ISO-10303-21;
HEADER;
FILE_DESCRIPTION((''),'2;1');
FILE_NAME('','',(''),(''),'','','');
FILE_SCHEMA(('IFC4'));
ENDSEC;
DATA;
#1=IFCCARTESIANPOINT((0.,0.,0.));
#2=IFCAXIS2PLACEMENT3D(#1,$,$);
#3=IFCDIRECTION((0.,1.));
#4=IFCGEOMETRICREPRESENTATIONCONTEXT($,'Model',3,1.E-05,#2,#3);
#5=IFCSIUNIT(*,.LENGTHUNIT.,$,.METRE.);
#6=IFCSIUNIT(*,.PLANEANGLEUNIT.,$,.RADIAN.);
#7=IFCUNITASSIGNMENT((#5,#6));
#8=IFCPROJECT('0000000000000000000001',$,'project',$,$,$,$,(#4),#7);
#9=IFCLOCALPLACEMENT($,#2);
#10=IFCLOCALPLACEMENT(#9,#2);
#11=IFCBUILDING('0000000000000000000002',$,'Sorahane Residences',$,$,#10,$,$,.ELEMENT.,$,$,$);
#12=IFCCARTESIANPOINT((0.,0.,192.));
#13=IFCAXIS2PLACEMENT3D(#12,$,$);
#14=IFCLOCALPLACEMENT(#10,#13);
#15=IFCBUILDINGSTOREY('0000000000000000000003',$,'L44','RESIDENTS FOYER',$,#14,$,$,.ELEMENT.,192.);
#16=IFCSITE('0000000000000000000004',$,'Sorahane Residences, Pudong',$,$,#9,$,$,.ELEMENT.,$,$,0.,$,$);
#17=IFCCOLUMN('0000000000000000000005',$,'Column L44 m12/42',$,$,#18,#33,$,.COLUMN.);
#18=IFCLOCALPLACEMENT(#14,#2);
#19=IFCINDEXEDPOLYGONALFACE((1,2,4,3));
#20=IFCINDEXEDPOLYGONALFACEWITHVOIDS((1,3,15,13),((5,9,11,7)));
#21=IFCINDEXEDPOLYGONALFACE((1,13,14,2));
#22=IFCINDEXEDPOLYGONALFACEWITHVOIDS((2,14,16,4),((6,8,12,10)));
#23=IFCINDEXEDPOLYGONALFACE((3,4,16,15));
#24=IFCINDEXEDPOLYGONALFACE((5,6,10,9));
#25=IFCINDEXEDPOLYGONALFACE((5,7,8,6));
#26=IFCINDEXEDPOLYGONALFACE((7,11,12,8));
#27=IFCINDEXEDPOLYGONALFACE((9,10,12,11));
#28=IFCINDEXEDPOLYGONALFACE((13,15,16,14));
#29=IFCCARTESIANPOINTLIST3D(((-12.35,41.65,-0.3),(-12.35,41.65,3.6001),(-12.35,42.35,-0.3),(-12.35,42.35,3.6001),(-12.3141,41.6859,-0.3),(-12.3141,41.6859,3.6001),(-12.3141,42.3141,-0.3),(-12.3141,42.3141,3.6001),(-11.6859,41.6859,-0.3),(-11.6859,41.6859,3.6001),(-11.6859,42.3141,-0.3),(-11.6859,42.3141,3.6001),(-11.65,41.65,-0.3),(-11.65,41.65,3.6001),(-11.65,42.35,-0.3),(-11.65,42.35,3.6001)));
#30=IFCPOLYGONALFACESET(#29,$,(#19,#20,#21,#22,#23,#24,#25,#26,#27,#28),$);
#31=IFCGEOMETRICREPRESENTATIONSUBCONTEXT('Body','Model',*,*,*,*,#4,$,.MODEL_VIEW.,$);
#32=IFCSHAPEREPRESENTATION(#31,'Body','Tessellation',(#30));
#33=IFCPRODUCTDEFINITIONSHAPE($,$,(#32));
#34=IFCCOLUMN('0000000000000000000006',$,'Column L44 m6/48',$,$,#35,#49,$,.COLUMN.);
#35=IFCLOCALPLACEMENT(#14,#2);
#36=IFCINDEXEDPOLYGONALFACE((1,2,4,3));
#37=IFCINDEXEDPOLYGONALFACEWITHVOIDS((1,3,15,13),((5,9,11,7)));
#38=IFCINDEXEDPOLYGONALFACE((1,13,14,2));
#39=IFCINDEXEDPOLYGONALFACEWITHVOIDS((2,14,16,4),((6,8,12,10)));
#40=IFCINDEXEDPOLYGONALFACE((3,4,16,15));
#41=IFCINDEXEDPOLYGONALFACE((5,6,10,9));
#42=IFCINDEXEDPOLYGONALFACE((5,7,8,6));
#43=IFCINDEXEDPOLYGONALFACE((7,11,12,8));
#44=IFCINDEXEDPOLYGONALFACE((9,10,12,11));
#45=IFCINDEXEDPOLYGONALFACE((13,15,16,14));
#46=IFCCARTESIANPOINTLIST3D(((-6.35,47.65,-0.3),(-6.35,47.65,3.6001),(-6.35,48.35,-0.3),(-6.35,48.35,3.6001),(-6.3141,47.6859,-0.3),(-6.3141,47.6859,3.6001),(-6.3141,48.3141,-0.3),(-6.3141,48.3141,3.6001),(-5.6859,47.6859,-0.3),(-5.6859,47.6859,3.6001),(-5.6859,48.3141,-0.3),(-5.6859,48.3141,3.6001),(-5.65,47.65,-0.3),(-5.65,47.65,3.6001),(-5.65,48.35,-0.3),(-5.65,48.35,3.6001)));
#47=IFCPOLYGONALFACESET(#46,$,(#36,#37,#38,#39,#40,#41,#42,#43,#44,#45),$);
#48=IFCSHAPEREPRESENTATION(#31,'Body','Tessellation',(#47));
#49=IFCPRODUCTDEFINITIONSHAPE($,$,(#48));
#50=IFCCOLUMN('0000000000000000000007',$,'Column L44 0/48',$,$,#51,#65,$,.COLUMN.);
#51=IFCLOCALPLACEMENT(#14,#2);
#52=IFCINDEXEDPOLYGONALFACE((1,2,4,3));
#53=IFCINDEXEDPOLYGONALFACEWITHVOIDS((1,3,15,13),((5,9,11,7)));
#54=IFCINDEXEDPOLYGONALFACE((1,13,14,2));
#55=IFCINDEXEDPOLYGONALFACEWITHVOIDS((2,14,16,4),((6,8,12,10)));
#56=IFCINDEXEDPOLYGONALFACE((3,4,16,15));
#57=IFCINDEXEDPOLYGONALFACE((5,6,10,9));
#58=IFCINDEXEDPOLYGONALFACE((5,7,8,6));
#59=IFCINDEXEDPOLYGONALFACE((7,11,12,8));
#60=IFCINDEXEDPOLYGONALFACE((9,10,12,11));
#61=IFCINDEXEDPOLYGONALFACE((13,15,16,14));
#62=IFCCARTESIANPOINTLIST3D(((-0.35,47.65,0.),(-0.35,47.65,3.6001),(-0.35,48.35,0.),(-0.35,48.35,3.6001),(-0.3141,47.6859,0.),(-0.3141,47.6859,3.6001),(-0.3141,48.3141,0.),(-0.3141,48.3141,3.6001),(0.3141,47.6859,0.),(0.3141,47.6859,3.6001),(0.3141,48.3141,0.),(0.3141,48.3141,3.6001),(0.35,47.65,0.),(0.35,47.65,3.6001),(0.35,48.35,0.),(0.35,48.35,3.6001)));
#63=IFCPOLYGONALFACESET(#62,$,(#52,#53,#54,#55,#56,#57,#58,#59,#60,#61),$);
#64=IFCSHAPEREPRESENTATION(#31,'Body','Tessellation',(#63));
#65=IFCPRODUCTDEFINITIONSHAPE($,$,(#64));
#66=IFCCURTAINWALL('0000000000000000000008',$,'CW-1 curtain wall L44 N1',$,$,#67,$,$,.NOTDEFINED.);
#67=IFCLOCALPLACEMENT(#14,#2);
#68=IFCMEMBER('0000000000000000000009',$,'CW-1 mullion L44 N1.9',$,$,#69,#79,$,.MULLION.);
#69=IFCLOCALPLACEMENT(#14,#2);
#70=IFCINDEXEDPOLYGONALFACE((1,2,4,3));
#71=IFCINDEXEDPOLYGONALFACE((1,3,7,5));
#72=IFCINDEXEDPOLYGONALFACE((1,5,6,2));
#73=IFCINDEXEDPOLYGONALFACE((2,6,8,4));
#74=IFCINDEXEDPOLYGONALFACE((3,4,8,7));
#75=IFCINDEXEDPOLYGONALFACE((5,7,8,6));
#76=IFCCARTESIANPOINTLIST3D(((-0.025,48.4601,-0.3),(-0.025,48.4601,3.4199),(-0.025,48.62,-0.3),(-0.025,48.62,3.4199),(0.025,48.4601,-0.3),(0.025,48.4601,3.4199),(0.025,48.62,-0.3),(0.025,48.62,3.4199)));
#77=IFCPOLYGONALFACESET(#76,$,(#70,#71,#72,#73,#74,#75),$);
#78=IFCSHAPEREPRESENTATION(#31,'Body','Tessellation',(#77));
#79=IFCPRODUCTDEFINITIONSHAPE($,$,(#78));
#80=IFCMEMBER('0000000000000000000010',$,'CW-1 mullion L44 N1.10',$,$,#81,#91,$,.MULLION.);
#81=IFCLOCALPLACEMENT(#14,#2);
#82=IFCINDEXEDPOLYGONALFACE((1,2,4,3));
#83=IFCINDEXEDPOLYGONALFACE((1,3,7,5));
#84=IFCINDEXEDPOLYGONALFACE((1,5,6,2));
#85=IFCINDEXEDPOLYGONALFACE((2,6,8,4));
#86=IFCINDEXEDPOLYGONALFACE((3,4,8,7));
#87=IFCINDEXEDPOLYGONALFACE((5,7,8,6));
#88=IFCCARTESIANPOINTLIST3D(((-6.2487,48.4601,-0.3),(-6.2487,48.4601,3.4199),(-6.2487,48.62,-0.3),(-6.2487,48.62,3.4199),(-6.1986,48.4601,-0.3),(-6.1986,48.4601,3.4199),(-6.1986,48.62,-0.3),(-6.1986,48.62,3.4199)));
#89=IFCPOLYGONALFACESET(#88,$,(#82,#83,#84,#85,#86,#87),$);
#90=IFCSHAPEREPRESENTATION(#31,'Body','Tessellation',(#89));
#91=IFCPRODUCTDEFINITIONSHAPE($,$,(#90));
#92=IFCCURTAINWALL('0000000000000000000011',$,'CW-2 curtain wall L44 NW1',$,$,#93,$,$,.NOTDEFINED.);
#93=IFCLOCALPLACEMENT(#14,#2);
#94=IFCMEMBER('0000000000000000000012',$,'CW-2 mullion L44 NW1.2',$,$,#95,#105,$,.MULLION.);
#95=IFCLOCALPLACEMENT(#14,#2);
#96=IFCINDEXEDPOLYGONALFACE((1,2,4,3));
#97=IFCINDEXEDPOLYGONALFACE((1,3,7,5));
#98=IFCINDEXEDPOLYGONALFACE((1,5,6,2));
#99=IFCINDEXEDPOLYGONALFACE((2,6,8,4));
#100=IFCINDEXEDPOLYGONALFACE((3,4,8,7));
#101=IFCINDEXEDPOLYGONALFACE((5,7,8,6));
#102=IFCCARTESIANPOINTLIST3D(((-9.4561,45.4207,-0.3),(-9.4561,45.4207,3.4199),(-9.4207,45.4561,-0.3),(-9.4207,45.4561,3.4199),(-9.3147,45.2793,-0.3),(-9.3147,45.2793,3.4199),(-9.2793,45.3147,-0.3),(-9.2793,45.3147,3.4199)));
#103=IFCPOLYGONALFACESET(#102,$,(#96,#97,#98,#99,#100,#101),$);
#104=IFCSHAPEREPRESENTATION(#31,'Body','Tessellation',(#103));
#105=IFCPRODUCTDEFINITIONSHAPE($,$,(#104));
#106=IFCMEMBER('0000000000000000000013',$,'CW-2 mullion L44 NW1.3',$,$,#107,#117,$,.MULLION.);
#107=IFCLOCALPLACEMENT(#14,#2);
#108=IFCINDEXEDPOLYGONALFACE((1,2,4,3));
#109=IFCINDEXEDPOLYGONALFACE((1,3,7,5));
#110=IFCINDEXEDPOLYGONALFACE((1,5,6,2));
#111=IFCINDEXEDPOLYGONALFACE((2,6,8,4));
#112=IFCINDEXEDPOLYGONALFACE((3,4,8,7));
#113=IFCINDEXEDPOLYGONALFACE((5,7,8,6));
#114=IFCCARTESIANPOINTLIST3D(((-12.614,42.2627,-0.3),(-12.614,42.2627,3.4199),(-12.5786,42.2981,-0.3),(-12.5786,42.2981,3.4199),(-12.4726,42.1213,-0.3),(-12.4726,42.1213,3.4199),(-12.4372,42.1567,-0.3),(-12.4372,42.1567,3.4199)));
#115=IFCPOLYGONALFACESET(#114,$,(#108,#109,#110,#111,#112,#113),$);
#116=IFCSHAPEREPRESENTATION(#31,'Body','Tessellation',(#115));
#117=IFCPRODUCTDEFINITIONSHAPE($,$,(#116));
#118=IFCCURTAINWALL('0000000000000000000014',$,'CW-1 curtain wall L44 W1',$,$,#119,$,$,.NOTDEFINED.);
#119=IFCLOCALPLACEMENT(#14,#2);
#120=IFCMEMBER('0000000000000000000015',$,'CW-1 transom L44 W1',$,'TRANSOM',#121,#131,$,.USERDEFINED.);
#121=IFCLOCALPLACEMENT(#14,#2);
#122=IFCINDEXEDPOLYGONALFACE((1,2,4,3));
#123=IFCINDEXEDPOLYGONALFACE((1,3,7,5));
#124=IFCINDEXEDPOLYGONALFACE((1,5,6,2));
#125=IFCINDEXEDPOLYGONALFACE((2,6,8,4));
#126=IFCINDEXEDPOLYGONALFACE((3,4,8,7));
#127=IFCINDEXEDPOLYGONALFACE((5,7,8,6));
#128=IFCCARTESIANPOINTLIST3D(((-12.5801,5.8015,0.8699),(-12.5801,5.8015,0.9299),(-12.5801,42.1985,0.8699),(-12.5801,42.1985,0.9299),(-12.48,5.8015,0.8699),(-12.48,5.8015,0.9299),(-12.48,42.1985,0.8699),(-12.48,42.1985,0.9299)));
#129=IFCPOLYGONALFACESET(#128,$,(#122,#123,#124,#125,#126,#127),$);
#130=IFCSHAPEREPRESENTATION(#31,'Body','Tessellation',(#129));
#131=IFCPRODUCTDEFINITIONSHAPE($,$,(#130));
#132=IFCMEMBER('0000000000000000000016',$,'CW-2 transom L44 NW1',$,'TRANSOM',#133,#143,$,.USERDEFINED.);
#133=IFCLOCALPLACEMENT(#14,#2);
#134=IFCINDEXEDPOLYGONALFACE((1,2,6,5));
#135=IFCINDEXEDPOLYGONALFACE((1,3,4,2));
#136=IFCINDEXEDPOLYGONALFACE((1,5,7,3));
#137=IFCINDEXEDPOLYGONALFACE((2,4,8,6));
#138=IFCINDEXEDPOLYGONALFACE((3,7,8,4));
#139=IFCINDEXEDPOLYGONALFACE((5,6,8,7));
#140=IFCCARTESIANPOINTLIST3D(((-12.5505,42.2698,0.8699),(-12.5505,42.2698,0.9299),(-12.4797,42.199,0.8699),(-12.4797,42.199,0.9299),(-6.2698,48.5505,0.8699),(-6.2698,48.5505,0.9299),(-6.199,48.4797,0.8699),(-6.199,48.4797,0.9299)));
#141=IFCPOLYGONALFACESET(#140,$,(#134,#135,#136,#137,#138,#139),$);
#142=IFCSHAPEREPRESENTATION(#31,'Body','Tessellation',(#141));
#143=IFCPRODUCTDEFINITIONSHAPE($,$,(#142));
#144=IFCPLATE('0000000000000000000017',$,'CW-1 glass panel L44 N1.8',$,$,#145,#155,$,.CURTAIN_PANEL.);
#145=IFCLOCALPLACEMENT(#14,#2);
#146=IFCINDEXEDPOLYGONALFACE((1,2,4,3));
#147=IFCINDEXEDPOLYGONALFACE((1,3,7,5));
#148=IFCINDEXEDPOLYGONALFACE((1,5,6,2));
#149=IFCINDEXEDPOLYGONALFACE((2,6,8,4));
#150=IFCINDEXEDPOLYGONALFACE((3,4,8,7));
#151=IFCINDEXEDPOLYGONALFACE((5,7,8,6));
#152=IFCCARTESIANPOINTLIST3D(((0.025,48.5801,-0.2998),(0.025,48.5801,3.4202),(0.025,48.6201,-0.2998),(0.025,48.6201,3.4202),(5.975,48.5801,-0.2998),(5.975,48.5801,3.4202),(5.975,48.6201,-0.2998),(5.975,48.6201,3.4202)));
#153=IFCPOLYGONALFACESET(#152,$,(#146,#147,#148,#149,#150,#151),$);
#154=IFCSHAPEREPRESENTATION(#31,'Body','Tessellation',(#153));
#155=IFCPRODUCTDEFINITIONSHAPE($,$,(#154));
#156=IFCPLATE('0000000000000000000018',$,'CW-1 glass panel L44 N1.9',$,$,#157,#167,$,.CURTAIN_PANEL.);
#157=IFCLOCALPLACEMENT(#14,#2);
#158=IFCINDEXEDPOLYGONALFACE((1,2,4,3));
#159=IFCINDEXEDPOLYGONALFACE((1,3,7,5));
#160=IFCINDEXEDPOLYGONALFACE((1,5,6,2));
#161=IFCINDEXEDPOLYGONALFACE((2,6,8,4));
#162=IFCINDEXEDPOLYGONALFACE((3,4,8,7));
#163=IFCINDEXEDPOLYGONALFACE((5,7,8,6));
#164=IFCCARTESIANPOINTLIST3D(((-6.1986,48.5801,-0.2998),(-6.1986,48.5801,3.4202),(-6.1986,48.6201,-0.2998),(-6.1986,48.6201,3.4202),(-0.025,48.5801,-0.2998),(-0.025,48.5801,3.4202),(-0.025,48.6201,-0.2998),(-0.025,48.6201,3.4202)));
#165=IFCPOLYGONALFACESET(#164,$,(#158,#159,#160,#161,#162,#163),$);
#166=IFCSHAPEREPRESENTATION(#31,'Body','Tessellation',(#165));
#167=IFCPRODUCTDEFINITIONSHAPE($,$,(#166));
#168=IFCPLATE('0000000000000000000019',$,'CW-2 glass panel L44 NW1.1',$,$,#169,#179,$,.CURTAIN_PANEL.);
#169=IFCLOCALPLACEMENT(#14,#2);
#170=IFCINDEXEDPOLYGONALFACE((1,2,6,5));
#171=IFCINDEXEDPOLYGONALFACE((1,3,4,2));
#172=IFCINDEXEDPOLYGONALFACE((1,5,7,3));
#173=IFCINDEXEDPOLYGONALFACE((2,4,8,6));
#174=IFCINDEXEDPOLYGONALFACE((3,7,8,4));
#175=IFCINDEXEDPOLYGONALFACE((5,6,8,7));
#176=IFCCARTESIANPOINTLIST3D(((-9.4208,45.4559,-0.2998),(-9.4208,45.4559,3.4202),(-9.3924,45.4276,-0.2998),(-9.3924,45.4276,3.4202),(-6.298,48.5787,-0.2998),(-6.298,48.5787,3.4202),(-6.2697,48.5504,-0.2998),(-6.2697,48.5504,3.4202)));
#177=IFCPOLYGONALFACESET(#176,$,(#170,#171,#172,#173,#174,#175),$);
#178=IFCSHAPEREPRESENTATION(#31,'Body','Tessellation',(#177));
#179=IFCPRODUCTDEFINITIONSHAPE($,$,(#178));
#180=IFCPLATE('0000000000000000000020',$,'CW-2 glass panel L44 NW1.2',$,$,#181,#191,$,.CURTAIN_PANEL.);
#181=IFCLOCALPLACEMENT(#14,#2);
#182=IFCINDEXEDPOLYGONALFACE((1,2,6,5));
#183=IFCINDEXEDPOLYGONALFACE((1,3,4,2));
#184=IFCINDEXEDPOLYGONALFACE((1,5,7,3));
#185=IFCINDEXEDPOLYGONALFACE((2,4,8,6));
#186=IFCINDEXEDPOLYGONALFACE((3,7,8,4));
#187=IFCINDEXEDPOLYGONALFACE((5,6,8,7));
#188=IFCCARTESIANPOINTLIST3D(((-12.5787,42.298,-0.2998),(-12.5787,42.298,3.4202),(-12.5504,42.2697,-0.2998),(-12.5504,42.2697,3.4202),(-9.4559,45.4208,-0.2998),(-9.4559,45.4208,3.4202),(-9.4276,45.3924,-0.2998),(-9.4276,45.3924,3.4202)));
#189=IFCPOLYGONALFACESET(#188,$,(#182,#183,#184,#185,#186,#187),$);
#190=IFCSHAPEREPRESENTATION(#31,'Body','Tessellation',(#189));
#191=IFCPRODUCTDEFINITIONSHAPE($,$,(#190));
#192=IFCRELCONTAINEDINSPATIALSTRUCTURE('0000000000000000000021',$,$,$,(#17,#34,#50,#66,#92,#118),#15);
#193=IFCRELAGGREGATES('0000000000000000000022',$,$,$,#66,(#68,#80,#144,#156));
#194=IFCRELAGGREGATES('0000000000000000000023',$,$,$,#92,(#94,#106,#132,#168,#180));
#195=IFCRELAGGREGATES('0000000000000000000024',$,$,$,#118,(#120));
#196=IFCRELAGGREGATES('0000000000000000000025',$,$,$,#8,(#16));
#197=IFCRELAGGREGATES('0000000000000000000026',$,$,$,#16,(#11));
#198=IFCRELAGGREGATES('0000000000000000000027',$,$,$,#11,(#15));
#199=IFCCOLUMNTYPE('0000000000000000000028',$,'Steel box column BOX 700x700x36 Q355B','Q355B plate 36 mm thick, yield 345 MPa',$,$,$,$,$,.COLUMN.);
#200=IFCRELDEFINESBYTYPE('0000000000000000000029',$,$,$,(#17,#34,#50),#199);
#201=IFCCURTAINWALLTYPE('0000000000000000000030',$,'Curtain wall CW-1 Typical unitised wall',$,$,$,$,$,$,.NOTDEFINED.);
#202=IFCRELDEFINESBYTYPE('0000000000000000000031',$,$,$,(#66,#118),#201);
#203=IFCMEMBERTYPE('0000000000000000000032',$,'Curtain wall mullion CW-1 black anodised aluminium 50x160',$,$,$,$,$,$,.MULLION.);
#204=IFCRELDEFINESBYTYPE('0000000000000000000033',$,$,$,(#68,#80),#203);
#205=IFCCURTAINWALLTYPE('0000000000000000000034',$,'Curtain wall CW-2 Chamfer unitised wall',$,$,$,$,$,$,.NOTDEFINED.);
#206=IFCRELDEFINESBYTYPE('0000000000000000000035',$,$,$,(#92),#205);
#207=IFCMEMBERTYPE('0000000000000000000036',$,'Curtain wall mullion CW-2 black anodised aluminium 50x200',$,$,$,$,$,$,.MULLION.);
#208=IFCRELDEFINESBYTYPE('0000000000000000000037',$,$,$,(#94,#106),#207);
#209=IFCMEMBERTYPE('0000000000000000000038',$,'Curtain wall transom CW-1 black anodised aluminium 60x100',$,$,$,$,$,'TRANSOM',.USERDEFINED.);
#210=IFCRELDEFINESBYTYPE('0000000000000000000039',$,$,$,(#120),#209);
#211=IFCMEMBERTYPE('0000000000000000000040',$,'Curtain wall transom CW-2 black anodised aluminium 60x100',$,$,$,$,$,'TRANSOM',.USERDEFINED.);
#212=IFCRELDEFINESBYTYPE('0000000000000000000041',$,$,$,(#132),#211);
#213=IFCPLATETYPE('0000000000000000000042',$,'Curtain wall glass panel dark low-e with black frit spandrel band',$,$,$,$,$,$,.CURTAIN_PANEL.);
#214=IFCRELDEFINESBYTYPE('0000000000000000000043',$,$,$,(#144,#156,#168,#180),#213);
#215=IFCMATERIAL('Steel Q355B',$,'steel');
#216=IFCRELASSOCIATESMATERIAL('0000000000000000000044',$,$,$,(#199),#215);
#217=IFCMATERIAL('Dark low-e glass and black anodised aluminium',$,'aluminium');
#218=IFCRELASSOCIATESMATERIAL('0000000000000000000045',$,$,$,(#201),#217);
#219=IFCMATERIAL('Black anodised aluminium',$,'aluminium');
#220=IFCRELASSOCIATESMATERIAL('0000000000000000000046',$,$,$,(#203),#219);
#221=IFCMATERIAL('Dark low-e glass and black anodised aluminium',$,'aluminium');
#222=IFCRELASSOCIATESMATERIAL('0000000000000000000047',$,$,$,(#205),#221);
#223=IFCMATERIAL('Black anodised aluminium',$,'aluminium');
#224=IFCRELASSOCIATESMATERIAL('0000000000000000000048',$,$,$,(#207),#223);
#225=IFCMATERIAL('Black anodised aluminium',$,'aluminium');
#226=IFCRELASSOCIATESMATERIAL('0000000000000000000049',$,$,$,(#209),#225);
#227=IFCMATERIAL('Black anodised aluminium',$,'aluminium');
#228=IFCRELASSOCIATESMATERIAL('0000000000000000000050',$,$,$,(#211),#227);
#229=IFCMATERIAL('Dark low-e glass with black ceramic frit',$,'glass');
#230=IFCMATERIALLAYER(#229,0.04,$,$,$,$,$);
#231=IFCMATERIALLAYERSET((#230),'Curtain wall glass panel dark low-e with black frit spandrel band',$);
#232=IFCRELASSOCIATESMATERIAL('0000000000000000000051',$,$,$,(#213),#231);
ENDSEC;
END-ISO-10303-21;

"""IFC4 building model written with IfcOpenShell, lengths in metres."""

from ifc_helpers import new_model, si_unit, direction, frame, origin, origin_2d, place, context, subcontext, project, spatial, rectangle, hollow_rectangle, extrude, material, layer, layer_set, material_profile, profile_set, type_object, element, aggregate, save


model = new_model("IFC4")

# Units and contexts
model_context = context("Model", 3, precision=1e-05, world=origin(), true_north=direction((0.0, 1.0)))
body_context = subcontext(model_context, "Body", "Model", "MODEL_VIEW")
ifc_project = project(units=[si_unit("LENGTHUNIT", "METRE"), si_unit("PLANEANGLEUNIT", "RADIAN")], contexts=[model_context])

# Site, building, storey
site_placement = place(None, origin())
site = spatial("IfcSite", under=ifc_project, at=site_placement, Name="Sorahane Residences, Pudong", CompositionType="ELEMENT", RefElevation=0.0)
building_placement = place(site_placement, origin())
building = spatial("IfcBuilding", under=site, at=building_placement, Name="Sorahane Residences", CompositionType="ELEMENT")
storey_placement = place(building_placement, frame((0.0, 0.0, 192.0)))
storey = spatial("IfcBuildingStorey", under=building, at=storey_placement, Name="L44", Description="RESIDENTS FOYER", CompositionType="ELEMENT", Elevation=192.0)

# Columns
ifc_material_1 = material(Name="Steel Q355B", Category="steel")
ifc_material_profile_1 = material_profile(ifc_material_1, hollow_rectangle(XDim=0.7, YDim=0.7, WallThickness=0.0359, at=origin_2d()), Name="BOX 700x700x36")
ifc_profile_set_1 = profile_set([ifc_material_profile_1], Name="Steel Q355B")
column_type = type_object("IfcColumnType", Name="Steel box column BOX 700x700x36 Q355B", Description="Q355B plate 36 mm thick, yield 345 MPa", PredefinedType="COLUMN", material=ifc_profile_set_1)
for number, where, z_axis, x_axis, name in (
    (1, (-12.0, 42.0, -0.3), (0.0, 0.0, 1.0), (1.0, 0.0, 0.0), "Column L44 m12/42"),
    (2, (-6.0, 48.0, -0.3), (0.0, 0.0, 1.0), (1.0, 0.0, 0.0), "Column L44 m6/48"),
):
    element("IfcColumn", number, at=place(storey_placement, frame(where, z_axis=z_axis, x_axis=x_axis)), inside=storey, type_object=column_type, Name=name, PredefinedType="COLUMN", context=body_context, shape_type="SweptSolid", body=[
        extrude(hollow_rectangle(XDim=0.7, YDim=0.7, WallThickness=0.0359, at=origin_2d()), origin(), (0.0, 0.0, 1.0), 3.9001),
    ])
column_placement = place(storey_placement, frame((0.0, 48.0, 0.0), z_axis=(0.0, 0.0, 1.0), x_axis=(1.0, 0.0, 0.0)))
element("IfcColumn", 3, at=column_placement, inside=storey, type_object=column_type, Name="Column L44 0/48", PredefinedType="COLUMN", context=body_context, shape_type="SweptSolid", body=[
    extrude(hollow_rectangle(XDim=0.7, YDim=0.7, WallThickness=0.0359, at=origin_2d()), origin(), (0.0, 0.0, 1.0), 3.6001),
])

# Curtain walls, members
ifc_material_2 = material(Name="Dark low-e glass and black anodised aluminium", Category="aluminium")
curtain_wall_type_1 = type_object("IfcCurtainWallType", Name="Curtain wall CW-1 Typical unitised wall", PredefinedType="NOTDEFINED", material=ifc_material_2)
curtain_wall_1_placement = place(storey_placement, origin())
curtain_wall_1 = element("IfcCurtainWall", 4, at=curtain_wall_1_placement, inside=storey, type_object=curtain_wall_type_1, Name="CW-1 curtain wall L44 N1", PredefinedType="NOTDEFINED")
ifc_material_3 = material(Name="Black anodised aluminium", Category="aluminium")
ifc_material_profile_2 = material_profile(ifc_material_3, rectangle(XDim=0.1599, YDim=0.05, at=origin_2d()), Name="Curtain wall mullion CW-1 black anodised aluminium 50x160")
ifc_profile_set_2 = profile_set([ifc_material_profile_2], Name="Black anodised aluminium")
member_type_1 = type_object("IfcMemberType", Name="Curtain wall mullion CW-1 black anodised aluminium 50x160", PredefinedType="MULLION", material=ifc_profile_set_2)
member_1_placement = place(storey_placement, frame((0.0, 48.54, -0.3), z_axis=(0.0, 0.0, 1.0), x_axis=(0.0, 1.0, 0.0)))
member_1 = element("IfcMember", 5, at=member_1_placement, type_object=member_type_1, Name="CW-1 mullion L44 N1.9", PredefinedType="MULLION", context=body_context, shape_type="SweptSolid", body=[
    extrude(rectangle(XDim=0.1599, YDim=0.05, at=origin_2d()), origin(), (0.0, 0.0, 1.0), 3.72),
])
member_2_placement = place(storey_placement, frame((-6.2236, 48.54, -0.3), z_axis=(0.0, 0.0, 1.0), x_axis=(0.0, 1.0, 0.0)))
member_2 = element("IfcMember", 6, at=member_2_placement, type_object=member_type_1, Name="CW-1 mullion L44 N1.10", PredefinedType="MULLION", context=body_context, shape_type="SweptSolid", body=[
    extrude(rectangle(XDim=0.1599, YDim=0.05, at=origin_2d()), origin(), (0.0, 0.0, 1.0), 3.72),
])
ifc_material_4 = material(Name="Dark low-e glass and black anodised aluminium", Category="aluminium")
curtain_wall_type_2 = type_object("IfcCurtainWallType", Name="Curtain wall CW-2 Chamfer unitised wall", PredefinedType="NOTDEFINED", material=ifc_material_4)
curtain_wall_2_placement = place(storey_placement, origin())
curtain_wall_2 = element("IfcCurtainWall", 7, at=curtain_wall_2_placement, inside=storey, type_object=curtain_wall_type_2, Name="CW-2 curtain wall L44 NW1", PredefinedType="NOTDEFINED")
ifc_material_5 = material(Name="Black anodised aluminium", Category="aluminium")
ifc_material_profile_3 = material_profile(ifc_material_5, rectangle(XDim=0.2, YDim=0.05, at=origin_2d()), Name="Curtain wall mullion CW-2 black anodised aluminium 50x200")
ifc_profile_set_3 = profile_set([ifc_material_profile_3], Name="Black anodised aluminium")
member_type_2 = type_object("IfcMemberType", Name="Curtain wall mullion CW-2 black anodised aluminium 50x200", PredefinedType="MULLION", material=ifc_profile_set_3)
member_3_placement = place(storey_placement, frame((-9.3677, 45.3677, -0.3), z_axis=(0.0, 0.0, 1.0), x_axis=(-0.707107, 0.707107, 0.0)))
member_3 = element("IfcMember", 8, at=member_3_placement, type_object=member_type_2, Name="CW-2 mullion L44 NW1.2", PredefinedType="MULLION", context=body_context, shape_type="SweptSolid", body=[
    extrude(rectangle(XDim=0.2, YDim=0.05, at=origin_2d()), origin(), (0.0, 0.0, 1.0), 3.72),
])
member_4_placement = place(storey_placement, frame((-12.5256, 42.2097, -0.3), z_axis=(0.0, 0.0, 1.0), x_axis=(-0.707107, 0.707107, 0.0)))
member_4 = element("IfcMember", 9, at=member_4_placement, type_object=member_type_2, Name="CW-2 mullion L44 NW1.3", PredefinedType="MULLION", context=body_context, shape_type="SweptSolid", body=[
    extrude(rectangle(XDim=0.2, YDim=0.05, at=origin_2d()), origin(), (0.0, 0.0, 1.0), 3.72),
])

# Curtain wall, member
curtain_wall_3_placement = place(storey_placement, origin())
curtain_wall_3 = element("IfcCurtainWall", 10, at=curtain_wall_3_placement, inside=storey, type_object=curtain_wall_type_1, Name="CW-1 curtain wall L44 W1", PredefinedType="NOTDEFINED")
ifc_material_6 = material(Name="Black anodised aluminium", Category="aluminium")
ifc_material_profile_4 = material_profile(ifc_material_6, rectangle(XDim=0.1001, YDim=0.0601, at=origin_2d()), Name="Curtain wall transom CW-1 black anodised aluminium 60x100")
ifc_profile_set_4 = profile_set([ifc_material_profile_4], Name="Black anodised aluminium")
member_type_3 = type_object("IfcMemberType", Name="Curtain wall transom CW-1 black anodised aluminium 60x100", ElementType="TRANSOM", PredefinedType="USERDEFINED", material=ifc_profile_set_4)
member_5_placement = place(storey_placement, frame((-12.53, 42.1985, 0.8999), z_axis=(0.0, -1.0, 0.0), x_axis=(1.0, 0.0, 0.0)))
member_5 = element("IfcMember", 11, at=member_5_placement, type_object=member_type_3, Name="CW-1 transom L44 W1", ObjectType="TRANSOM", PredefinedType="USERDEFINED", context=body_context, shape_type="SweptSolid", body=[
    extrude(rectangle(XDim=0.1001, YDim=0.0601, at=origin_2d()), origin(), (0.0, 0.0, 1.0), 36.397),
])

# Member
ifc_material_7 = material(Name="Black anodised aluminium", Category="aluminium")
ifc_material_profile_5 = material_profile(ifc_material_7, rectangle(XDim=0.1001, YDim=0.0601, at=origin_2d()), Name="Curtain wall transom CW-2 black anodised aluminium 60x100")
ifc_profile_set_5 = profile_set([ifc_material_profile_5], Name="Black anodised aluminium")
member_type_4 = type_object("IfcMemberType", Name="Curtain wall transom CW-2 black anodised aluminium 60x100", ElementType="TRANSOM", PredefinedType="USERDEFINED", material=ifc_profile_set_5)
member_6_placement = place(storey_placement, frame((-6.2344, 48.5151, 0.8999), z_axis=(-0.707107, -0.707107, 0.0), x_axis=(0.707107, -0.707107, 0.0)))
member_6 = element("IfcMember", 12, at=member_6_placement, type_object=member_type_4, Name="CW-2 transom L44 NW1", ObjectType="TRANSOM", PredefinedType="USERDEFINED", context=body_context, shape_type="SweptSolid", body=[
    extrude(rectangle(XDim=0.1001, YDim=0.0601, at=origin_2d()), origin(), (0.0, 0.0, 1.0), 8.8823),
])

# Plates
ifc_material_8 = material(Name="Dark low-e glass with black ceramic frit", Category="glass")
ifc_layer_1 = layer(ifc_material_8, 0.04)
ifc_layer_set_1 = layer_set([ifc_layer_1], Name="Curtain wall glass panel dark low-e with black frit spandrel band")
plate_type = type_object("IfcPlateType", Name="Curtain wall glass panel dark low-e with black frit spandrel band", PredefinedType="CURTAIN_PANEL", material=ifc_layer_set_1)
plate_1_placement = place(storey_placement, frame((3.0, 48.6001, -0.2998), z_axis=(0.0, 0.0, 1.0), x_axis=(-1.0, 0.0, 0.0)))
plate_1 = element("IfcPlate", 13, at=plate_1_placement, type_object=plate_type, Name="CW-1 glass panel L44 N1.8", PredefinedType="CURTAIN_PANEL", context=body_context, shape_type="SweptSolid", body=[
    extrude(rectangle(XDim=5.95, YDim=0.04, at=origin_2d()), origin(), (0.0, 0.0, 1.0), 3.72),
])
plate_2_placement = place(storey_placement, frame((-3.1118, 48.6001, -0.2998), z_axis=(0.0, 0.0, 1.0), x_axis=(-1.0, 0.0, 0.0)))
plate_2 = element("IfcPlate", 14, at=plate_2_placement, type_object=plate_type, Name="CW-1 glass panel L44 N1.9", PredefinedType="CURTAIN_PANEL", context=body_context, shape_type="SweptSolid", body=[
    extrude(rectangle(XDim=6.1736, YDim=0.04, at=origin_2d()), origin(), (0.0, 0.0, 1.0), 3.72),
])
aggregate(curtain_wall_1, [member_1, member_2, plate_1, plate_2])
plate_3_placement = place(storey_placement, frame((-7.8452, 47.0032, -0.2998), z_axis=(0.0, 0.0, 1.0), x_axis=(-0.707107, -0.707107, 0.0)))
plate_3 = element("IfcPlate", 15, at=plate_3_placement, type_object=plate_type, Name="CW-2 glass panel L44 NW1.1", PredefinedType="CURTAIN_PANEL", context=body_context, shape_type="SweptSolid", body=[
    extrude(rectangle(XDim=4.4163, YDim=0.04, at=origin_2d()), origin(), (0.0, 0.0, 1.0), 3.72),
])
plate_4_placement = place(storey_placement, frame((-11.0032, 43.8452, -0.2998), z_axis=(0.0, 0.0, 1.0), x_axis=(-0.707107, -0.707107, 0.0)))
plate_4 = element("IfcPlate", 16, at=plate_4_placement, type_object=plate_type, Name="CW-2 glass panel L44 NW1.2", PredefinedType="CURTAIN_PANEL", context=body_context, shape_type="SweptSolid", body=[
    extrude(rectangle(XDim=4.4163, YDim=0.04, at=origin_2d()), origin(), (0.0, 0.0, 1.0), 3.72),
])
aggregate(curtain_wall_2, [member_3, member_4, member_6, plate_3, plate_4])
aggregate(curtain_wall_3, [member_5])

save(model, "model.ifc")
